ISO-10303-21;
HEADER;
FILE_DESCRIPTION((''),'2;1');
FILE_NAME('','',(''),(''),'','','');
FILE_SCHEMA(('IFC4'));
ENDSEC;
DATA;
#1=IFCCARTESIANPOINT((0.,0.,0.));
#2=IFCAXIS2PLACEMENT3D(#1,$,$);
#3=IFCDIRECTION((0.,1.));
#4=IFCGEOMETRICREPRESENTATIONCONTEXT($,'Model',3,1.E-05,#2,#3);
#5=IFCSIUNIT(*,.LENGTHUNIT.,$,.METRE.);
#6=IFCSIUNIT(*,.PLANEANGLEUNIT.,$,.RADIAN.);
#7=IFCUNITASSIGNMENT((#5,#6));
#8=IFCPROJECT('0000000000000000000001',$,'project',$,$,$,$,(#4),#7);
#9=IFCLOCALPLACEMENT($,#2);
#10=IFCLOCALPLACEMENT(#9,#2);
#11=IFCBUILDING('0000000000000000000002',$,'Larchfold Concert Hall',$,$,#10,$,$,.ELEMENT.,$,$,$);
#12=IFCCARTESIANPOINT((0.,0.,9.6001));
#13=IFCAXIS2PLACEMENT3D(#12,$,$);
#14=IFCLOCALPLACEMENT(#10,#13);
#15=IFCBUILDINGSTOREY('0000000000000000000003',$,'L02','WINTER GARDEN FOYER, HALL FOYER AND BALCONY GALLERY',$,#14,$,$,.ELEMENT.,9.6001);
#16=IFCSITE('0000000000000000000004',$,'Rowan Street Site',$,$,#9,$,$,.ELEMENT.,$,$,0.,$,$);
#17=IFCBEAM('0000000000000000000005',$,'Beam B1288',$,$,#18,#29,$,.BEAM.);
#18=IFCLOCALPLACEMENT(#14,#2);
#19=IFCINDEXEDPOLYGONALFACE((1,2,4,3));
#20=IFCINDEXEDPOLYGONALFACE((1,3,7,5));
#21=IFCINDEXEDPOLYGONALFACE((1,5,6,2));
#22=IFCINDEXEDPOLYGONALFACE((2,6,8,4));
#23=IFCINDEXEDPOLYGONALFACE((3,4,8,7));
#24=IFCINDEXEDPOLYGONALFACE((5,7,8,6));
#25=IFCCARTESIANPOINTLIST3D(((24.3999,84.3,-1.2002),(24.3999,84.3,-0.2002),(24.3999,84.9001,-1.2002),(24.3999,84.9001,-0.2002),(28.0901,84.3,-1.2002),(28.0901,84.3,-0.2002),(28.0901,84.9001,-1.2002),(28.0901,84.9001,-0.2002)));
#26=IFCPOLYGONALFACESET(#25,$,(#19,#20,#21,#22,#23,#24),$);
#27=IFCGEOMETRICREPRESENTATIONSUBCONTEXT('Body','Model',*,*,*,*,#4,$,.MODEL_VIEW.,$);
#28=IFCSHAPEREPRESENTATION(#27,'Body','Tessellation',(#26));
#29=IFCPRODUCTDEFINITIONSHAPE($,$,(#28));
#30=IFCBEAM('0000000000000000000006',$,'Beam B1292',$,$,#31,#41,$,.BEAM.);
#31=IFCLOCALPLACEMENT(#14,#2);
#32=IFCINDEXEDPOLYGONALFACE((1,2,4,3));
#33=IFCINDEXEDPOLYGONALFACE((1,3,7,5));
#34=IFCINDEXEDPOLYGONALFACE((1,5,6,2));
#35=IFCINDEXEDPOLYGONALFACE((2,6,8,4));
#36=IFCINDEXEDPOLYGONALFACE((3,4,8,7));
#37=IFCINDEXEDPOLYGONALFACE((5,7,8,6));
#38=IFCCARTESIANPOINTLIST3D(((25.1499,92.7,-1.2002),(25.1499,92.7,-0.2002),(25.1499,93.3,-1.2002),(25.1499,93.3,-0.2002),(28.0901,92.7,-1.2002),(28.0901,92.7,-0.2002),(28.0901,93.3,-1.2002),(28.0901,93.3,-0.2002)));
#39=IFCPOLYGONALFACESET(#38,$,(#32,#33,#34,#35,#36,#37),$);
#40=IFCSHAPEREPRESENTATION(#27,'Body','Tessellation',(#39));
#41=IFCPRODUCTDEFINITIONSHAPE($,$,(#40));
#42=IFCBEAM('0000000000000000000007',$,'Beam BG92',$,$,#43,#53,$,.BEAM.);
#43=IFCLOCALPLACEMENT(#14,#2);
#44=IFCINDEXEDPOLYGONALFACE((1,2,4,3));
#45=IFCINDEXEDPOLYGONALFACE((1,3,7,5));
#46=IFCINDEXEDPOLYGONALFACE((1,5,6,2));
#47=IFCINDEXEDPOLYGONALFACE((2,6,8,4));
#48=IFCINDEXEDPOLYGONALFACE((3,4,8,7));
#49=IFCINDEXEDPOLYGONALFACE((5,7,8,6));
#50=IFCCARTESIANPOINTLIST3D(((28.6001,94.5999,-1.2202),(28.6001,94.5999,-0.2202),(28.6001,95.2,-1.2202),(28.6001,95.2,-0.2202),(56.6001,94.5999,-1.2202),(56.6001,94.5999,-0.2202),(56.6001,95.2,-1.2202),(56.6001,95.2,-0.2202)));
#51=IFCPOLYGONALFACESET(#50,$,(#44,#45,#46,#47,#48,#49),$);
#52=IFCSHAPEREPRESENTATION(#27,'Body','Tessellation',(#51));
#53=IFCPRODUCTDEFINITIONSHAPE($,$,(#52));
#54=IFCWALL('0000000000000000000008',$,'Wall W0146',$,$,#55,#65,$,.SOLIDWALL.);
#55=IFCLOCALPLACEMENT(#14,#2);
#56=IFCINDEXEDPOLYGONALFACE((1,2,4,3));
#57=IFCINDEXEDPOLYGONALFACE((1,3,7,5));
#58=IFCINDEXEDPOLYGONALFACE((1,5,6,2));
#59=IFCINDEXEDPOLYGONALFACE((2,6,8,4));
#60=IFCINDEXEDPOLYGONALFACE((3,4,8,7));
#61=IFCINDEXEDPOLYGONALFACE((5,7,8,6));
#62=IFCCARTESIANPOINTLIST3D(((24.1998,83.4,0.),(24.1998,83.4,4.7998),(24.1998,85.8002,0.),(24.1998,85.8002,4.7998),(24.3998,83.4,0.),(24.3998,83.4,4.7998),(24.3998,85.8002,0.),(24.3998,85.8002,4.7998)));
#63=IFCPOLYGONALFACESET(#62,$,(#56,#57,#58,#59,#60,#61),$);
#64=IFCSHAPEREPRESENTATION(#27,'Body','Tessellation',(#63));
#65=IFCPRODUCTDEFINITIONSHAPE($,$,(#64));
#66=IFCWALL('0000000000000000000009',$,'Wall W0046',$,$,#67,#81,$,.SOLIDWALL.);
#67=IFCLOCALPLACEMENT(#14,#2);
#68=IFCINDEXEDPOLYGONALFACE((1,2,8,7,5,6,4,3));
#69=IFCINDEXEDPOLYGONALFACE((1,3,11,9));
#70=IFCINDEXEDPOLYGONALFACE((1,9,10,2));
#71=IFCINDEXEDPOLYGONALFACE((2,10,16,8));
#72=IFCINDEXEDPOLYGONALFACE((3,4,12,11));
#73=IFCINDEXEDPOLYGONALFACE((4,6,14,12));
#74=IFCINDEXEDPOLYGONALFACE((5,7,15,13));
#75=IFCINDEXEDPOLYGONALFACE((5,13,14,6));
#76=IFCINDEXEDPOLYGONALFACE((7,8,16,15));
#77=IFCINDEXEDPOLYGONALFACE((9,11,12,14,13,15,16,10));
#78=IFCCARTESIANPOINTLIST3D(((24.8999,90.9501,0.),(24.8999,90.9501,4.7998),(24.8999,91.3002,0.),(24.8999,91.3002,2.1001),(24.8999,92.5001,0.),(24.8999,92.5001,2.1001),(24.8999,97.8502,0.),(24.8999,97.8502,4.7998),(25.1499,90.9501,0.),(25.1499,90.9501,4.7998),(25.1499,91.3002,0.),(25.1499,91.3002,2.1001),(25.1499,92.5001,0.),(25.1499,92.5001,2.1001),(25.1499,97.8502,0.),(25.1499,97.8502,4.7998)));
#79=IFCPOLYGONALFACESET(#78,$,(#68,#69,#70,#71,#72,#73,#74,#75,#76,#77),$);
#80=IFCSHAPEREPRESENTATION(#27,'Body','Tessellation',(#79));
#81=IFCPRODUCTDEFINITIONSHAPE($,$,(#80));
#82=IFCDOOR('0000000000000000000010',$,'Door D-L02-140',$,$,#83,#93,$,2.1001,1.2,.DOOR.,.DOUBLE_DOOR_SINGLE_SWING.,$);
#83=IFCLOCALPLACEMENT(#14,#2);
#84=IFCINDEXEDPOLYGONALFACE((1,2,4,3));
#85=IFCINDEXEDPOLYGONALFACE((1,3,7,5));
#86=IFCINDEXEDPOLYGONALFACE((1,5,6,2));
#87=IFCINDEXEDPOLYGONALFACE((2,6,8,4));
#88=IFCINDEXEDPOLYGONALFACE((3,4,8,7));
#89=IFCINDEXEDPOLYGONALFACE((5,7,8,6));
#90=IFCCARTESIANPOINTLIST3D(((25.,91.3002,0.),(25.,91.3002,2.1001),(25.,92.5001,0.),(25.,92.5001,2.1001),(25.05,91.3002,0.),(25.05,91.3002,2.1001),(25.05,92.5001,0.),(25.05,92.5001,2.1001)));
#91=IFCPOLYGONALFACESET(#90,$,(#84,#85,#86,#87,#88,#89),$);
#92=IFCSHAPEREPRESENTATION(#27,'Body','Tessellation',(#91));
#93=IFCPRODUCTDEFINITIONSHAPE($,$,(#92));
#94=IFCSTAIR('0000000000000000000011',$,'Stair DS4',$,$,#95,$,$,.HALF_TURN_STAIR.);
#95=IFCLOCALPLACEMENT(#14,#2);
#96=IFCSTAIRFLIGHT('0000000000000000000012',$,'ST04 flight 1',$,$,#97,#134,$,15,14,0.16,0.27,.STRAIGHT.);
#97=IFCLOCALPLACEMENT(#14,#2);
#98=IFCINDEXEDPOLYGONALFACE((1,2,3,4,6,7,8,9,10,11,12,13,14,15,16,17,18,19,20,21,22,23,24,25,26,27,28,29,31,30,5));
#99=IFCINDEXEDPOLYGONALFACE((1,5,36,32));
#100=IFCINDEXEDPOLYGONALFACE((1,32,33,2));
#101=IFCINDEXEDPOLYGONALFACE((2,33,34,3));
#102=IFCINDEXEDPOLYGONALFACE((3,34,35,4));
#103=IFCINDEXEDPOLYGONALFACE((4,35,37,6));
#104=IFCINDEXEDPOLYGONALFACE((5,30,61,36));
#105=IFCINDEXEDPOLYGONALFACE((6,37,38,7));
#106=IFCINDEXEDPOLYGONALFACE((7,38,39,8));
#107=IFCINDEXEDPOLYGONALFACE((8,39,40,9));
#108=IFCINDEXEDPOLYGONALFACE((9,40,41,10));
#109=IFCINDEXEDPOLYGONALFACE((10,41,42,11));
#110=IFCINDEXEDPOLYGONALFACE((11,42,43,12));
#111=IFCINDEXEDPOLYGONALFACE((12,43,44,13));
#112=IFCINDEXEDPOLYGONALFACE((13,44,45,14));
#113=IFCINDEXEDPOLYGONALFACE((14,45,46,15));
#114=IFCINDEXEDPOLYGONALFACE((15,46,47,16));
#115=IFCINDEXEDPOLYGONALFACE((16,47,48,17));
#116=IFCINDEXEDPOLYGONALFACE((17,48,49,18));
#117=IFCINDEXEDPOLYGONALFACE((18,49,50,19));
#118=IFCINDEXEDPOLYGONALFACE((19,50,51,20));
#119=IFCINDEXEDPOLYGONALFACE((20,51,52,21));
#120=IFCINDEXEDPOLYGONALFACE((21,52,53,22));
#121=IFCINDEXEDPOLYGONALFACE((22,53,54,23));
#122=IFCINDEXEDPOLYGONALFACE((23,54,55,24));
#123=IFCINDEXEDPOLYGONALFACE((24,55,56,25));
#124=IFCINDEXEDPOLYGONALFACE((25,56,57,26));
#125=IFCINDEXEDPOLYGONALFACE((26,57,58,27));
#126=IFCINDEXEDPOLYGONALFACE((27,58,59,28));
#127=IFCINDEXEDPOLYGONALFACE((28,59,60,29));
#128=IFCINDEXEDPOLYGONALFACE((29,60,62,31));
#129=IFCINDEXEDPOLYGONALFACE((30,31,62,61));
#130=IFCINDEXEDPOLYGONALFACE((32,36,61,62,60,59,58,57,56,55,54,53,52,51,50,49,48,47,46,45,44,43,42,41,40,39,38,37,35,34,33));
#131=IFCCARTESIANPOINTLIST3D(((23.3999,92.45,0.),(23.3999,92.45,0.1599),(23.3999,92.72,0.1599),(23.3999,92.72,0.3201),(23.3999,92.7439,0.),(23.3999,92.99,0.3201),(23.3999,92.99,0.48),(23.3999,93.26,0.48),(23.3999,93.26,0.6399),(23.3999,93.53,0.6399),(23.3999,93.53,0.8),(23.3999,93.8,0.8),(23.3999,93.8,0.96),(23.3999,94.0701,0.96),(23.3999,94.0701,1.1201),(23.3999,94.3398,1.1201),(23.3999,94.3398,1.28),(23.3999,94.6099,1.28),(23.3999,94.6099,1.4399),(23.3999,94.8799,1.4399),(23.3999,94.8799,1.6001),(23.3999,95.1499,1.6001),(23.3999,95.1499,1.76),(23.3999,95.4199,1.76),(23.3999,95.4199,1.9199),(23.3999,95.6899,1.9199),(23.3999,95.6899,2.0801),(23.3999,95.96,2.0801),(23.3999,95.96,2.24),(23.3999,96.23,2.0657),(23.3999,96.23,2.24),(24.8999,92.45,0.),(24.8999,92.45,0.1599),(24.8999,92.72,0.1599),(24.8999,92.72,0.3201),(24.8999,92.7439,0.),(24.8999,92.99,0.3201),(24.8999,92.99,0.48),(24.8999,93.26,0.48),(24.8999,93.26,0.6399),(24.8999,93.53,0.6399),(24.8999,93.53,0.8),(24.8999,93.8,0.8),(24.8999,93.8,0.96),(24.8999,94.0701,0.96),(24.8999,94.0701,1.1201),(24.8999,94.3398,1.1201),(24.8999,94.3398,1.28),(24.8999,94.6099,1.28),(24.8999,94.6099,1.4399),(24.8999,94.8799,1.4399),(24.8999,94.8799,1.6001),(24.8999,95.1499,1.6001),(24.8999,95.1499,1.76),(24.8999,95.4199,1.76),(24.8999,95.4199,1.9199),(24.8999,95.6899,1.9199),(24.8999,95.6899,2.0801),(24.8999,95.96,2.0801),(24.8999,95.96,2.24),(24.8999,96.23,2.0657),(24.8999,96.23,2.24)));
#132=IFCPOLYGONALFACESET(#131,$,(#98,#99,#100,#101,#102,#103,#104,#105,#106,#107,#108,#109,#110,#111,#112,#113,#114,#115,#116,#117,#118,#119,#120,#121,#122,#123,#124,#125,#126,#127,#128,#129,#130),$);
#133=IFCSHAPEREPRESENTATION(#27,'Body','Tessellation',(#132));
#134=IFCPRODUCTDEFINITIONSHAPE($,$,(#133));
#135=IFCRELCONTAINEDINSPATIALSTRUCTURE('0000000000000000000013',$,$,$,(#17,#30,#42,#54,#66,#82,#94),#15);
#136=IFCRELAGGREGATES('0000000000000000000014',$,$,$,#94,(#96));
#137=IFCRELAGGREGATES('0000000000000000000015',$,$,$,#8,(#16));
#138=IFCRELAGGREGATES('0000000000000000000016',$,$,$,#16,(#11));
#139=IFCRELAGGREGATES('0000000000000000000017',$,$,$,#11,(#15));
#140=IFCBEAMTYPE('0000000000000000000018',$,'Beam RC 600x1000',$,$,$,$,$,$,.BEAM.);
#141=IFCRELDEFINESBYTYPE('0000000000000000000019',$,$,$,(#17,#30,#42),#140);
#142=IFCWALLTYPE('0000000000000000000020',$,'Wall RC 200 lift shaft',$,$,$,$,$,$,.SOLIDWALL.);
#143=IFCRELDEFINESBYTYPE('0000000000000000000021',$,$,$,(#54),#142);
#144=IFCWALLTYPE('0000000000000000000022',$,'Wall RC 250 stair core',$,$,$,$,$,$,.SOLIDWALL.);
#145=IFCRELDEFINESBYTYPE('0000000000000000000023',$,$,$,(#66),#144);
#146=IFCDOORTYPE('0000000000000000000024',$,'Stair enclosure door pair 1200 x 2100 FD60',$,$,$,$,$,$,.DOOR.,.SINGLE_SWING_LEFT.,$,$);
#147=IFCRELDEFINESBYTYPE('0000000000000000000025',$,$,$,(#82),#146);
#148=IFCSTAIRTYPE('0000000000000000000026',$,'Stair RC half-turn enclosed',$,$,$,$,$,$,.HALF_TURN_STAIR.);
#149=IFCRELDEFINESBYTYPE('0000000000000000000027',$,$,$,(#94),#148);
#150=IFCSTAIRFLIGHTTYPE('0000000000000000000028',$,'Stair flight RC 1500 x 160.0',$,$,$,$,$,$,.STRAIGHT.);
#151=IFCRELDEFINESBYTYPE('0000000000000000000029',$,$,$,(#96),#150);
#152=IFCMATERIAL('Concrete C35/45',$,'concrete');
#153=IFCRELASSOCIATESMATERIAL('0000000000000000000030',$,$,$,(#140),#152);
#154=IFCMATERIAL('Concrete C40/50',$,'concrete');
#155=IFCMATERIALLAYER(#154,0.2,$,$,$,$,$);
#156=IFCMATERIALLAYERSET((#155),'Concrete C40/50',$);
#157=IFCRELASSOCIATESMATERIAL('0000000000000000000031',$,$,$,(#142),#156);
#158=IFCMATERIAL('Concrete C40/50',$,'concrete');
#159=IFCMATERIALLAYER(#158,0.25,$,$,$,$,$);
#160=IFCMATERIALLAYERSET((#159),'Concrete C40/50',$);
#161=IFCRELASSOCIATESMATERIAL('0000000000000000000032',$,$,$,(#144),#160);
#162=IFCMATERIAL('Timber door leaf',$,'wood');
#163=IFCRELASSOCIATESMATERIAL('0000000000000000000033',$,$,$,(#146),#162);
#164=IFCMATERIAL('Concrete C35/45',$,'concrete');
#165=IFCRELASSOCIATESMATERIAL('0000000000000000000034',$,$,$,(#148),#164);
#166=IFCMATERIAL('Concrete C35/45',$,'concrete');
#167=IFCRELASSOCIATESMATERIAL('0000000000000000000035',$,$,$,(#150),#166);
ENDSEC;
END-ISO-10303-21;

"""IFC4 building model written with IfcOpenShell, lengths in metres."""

from ifc_helpers import new_model, si_unit, direction, frame, frame_2d, origin, origin_2d, place, context, subcontext, project, spatial, polyline, rectangle, outline, extrude, material, layer, layer_set, material_profile, profile_set, type_object, element, fill, aggregate, save


model = new_model("IFC4")

# Units and contexts
model_context = context("Model", 3, precision=1e-05, world=origin(), true_north=direction((0.0, 1.0)))
body_context = subcontext(model_context, "Body", "Model", "MODEL_VIEW")
ifc_project = project(units=[si_unit("LENGTHUNIT", "METRE"), si_unit("PLANEANGLEUNIT", "RADIAN")], contexts=[model_context])

# Site, building, storey
site_placement = place(None, origin())
site = spatial("IfcSite", under=ifc_project, at=site_placement, Name="Rowan Street Site", CompositionType="ELEMENT", RefElevation=0.0)
building_placement = place(site_placement, origin())
building = spatial("IfcBuilding", under=site, at=building_placement, Name="Larchfold Concert Hall", CompositionType="ELEMENT")
storey_placement = place(building_placement, frame((0.0, 0.0, 9.6001)))
storey = spatial("IfcBuildingStorey", under=building, at=storey_placement, Name="L02", Description="WINTER GARDEN FOYER, HALL FOYER AND BALCONY GALLERY", CompositionType="ELEMENT", Elevation=9.6001)

# Beams
ifc_material_1 = material(Name="Concrete C35/45", Category="concrete")
ifc_material_profile_1 = material_profile(ifc_material_1, rectangle(XDim=0.6001, YDim=1.0, at=origin_2d()))
ifc_profile_set_1 = profile_set([ifc_material_profile_1], Name="Concrete C35/45")
beam_type_1 = type_object("IfcBeamType", Name="Beam RC 600x1000", PredefinedType="BEAM", material=ifc_profile_set_1)
beam_1_placement = place(storey_placement, frame((24.3999, 84.6001, -0.7002), z_axis=(1.0, 0.0, 0.0), x_axis=(0.0, 1.0, 0.0)))
element("IfcBeam", 1, at=beam_1_placement, inside=storey, type_object=beam_type_1, Name="Beam B1288", PredefinedType="BEAM", context=body_context, shape_type="SweptSolid", body=[
    extrude(rectangle(XDim=0.6001, YDim=1.0, at=origin_2d()), origin(), (0.0, 0.0, 1.0), 3.6902),
])
beam_2_placement = place(storey_placement, frame((25.1499, 93.0, -0.7002), z_axis=(1.0, 0.0, 0.0), x_axis=(0.0, 1.0, 0.0)))
element("IfcBeam", 2, at=beam_2_placement, inside=storey, type_object=beam_type_1, Name="Beam B1292", PredefinedType="BEAM", context=body_context, shape_type="SweptSolid", body=[
    extrude(rectangle(XDim=0.6001, YDim=1.0, at=origin_2d()), origin(), (0.0, 0.0, 1.0), 2.9402),
])
beam_3_placement = place(storey_placement, frame((28.6001, 94.8999, -0.7202), z_axis=(1.0, 0.0, 0.0), x_axis=(0.0, 1.0, 0.0)))
element("IfcBeam", 3, at=beam_3_placement, inside=storey, type_object=beam_type_1, Name="Beam BG92", PredefinedType="BEAM", context=body_context, shape_type="SweptSolid", body=[
    extrude(rectangle(XDim=0.6001, YDim=1.0, at=origin_2d()), origin(), (0.0, 0.0, 1.0), 28.0),
])

# Wall
ifc_material_2 = material(Name="Concrete C40/50", Category="concrete")
ifc_layer_1 = layer(ifc_material_2, 0.2)
ifc_layer_set_1 = layer_set([ifc_layer_1], Name="Concrete C40/50")
wall_type_1 = type_object("IfcWallType", Name="Wall RC 200 lift shaft", PredefinedType="SOLIDWALL", material=ifc_layer_set_1)
wall_1_placement = place(storey_placement, frame((24.2998, 83.3999, 0.0), z_axis=(0.0, 0.0, 1.0), x_axis=(0.0, 1.0, 0.0)))
element("IfcWall", 4, at=wall_1_placement, inside=storey, type_object=wall_type_1, Name="Wall W0146", PredefinedType="SOLIDWALL", context=body_context, shape_type="SweptSolid", body=[
    extrude(rectangle(XDim=2.4001, YDim=0.2, at=frame_2d((1.2002, 0.0))), origin(), (0.0, 0.0, 1.0), 4.7998),
])

# Wall, opening, door
ifc_material_3 = material(Name="Concrete C40/50", Category="concrete")
ifc_layer_2 = layer(ifc_material_3, 0.25)
ifc_layer_set_2 = layer_set([ifc_layer_2], Name="Concrete C40/50")
wall_type_2 = type_object("IfcWallType", Name="Wall RC 250 stair core", PredefinedType="SOLIDWALL", material=ifc_layer_set_2)
wall_2_placement = place(storey_placement, frame((25.0249, 90.95, 0.0), z_axis=(0.0, 0.0, 1.0), x_axis=(0.0, 1.0, 0.0)))
wall_2 = element("IfcWall", 5, at=wall_2_placement, inside=storey, type_object=wall_type_2, Name="Wall W0046", PredefinedType="SOLIDWALL", context=body_context, shape_type="SweptSolid", body=[
    extrude(rectangle(XDim=6.9001, YDim=0.25, at=frame_2d((3.4502, 0.0))), origin(), (0.0, 0.0, 1.0), 4.7998),
])
opening_placement = place(wall_2_placement, frame((0.3501, 0.0, 0.0)))
opening = element("IfcOpeningElement", 6, at=opening_placement, cuts=wall_2, PredefinedType="OPENING", context=body_context, shape_type="SweptSolid", body=[
    extrude(rectangle(XDim=1.2, YDim=2.1001, at=frame_2d((0.6001, 1.05))), frame((0.0, 0.135, 0.0), z_axis=(0.0, -1.0, 0.0), x_axis=(1.0, 0.0, 0.0)), (0.0, 0.0, 1.0), 0.27),
])
ifc_material_4 = material(Name="Timber door leaf", Category="wood")
door_type = type_object("IfcDoorType", Name="Stair enclosure door pair 1200 x 2100 FD60", OperationType="SINGLE_SWING_LEFT", PredefinedType="DOOR", material=ifc_material_4)
door_placement = place(opening_placement, origin())
door = element("IfcDoor", 7, at=door_placement, inside=storey, type_object=door_type, Name="Door D-L02-140", OperationType="DOUBLE_DOOR_SINGLE_SWING", OverallHeight=2.1001, OverallWidth=1.2, PredefinedType="DOOR", context=body_context, shape_type="SweptSolid", body=[
    extrude(rectangle(XDim=1.2, YDim=2.1001, at=frame_2d((0.6001, 1.05))), frame((0.0, 0.0249, 0.0), z_axis=(0.0, -1.0, 0.0), x_axis=(1.0, 0.0, 0.0)), (0.0, 0.0, 1.0), 0.05),
])
fill(opening, door)

# Stair, stair flight
ifc_material_5 = material(Name="Concrete C35/45", Category="concrete")
stair_type = type_object("IfcStairType", Name="Stair RC half-turn enclosed", PredefinedType="HALF_TURN_STAIR", material=ifc_material_5)
stair_placement = place(storey_placement, origin())
stair = element("IfcStair", 8, at=stair_placement, inside=storey, type_object=stair_type, Name="Stair DS4", PredefinedType="HALF_TURN_STAIR")
ifc_material_6 = material(Name="Concrete C35/45", Category="concrete")
stair_flight_type = type_object("IfcStairFlightType", Name="Stair flight RC 1500 x 160.0", PredefinedType="STRAIGHT", material=ifc_material_6)
stair_flight_placement = place(storey_placement, frame((24.1499, 92.45, 0.0), z_axis=(0.0, 0.0, 1.0), x_axis=(0.0, 1.0, 0.0)))
stair_flight = element("IfcStairFlight", 9, at=stair_flight_placement, type_object=stair_flight_type, Name="ST04 flight 1", NumberOfRisers=15, NumberOfTreads=14, PredefinedType="STRAIGHT", RiserHeight=0.16, TreadLength=0.27, context=body_context, shape_type="SweptSolid", body=[
    extrude(outline(polyline([(0.0, 0.0), (0.0, 0.1599), (0.27, 0.1599), (0.27, 0.3201), (0.54, 0.3201), (0.54, 0.48), (0.8101, 0.48), (0.8101, 0.6399), (1.0801, 0.6399), (1.0801, 0.8), (1.3501, 0.8), (1.3501, 0.96), (1.6201, 0.96), (1.6201, 1.1201), (1.8899, 1.1201), (1.8899, 1.28), (2.1599, 1.28), (2.1599, 1.4399), (2.4299, 1.4399), (2.4299, 1.6001), (2.7, 1.6001), (2.7, 1.76), (2.97, 1.76), (2.97, 1.9199), (3.24, 1.9199), (3.24, 2.0801), (3.51, 2.0801), (3.51, 2.24), (3.78, 2.24), (3.78, 2.3999), (3.78, 2.0657), (0.2939, 0.0), (0.0, 0.0)])), frame((0.0, 0.75, 0.0), z_axis=(0.0, -1.0, 0.0), x_axis=(1.0, 0.0, 0.0)), (0.0, 0.0, 1.0), 1.5),
])
aggregate(stair, [stair_flight])

save(model, "model.ifc")
